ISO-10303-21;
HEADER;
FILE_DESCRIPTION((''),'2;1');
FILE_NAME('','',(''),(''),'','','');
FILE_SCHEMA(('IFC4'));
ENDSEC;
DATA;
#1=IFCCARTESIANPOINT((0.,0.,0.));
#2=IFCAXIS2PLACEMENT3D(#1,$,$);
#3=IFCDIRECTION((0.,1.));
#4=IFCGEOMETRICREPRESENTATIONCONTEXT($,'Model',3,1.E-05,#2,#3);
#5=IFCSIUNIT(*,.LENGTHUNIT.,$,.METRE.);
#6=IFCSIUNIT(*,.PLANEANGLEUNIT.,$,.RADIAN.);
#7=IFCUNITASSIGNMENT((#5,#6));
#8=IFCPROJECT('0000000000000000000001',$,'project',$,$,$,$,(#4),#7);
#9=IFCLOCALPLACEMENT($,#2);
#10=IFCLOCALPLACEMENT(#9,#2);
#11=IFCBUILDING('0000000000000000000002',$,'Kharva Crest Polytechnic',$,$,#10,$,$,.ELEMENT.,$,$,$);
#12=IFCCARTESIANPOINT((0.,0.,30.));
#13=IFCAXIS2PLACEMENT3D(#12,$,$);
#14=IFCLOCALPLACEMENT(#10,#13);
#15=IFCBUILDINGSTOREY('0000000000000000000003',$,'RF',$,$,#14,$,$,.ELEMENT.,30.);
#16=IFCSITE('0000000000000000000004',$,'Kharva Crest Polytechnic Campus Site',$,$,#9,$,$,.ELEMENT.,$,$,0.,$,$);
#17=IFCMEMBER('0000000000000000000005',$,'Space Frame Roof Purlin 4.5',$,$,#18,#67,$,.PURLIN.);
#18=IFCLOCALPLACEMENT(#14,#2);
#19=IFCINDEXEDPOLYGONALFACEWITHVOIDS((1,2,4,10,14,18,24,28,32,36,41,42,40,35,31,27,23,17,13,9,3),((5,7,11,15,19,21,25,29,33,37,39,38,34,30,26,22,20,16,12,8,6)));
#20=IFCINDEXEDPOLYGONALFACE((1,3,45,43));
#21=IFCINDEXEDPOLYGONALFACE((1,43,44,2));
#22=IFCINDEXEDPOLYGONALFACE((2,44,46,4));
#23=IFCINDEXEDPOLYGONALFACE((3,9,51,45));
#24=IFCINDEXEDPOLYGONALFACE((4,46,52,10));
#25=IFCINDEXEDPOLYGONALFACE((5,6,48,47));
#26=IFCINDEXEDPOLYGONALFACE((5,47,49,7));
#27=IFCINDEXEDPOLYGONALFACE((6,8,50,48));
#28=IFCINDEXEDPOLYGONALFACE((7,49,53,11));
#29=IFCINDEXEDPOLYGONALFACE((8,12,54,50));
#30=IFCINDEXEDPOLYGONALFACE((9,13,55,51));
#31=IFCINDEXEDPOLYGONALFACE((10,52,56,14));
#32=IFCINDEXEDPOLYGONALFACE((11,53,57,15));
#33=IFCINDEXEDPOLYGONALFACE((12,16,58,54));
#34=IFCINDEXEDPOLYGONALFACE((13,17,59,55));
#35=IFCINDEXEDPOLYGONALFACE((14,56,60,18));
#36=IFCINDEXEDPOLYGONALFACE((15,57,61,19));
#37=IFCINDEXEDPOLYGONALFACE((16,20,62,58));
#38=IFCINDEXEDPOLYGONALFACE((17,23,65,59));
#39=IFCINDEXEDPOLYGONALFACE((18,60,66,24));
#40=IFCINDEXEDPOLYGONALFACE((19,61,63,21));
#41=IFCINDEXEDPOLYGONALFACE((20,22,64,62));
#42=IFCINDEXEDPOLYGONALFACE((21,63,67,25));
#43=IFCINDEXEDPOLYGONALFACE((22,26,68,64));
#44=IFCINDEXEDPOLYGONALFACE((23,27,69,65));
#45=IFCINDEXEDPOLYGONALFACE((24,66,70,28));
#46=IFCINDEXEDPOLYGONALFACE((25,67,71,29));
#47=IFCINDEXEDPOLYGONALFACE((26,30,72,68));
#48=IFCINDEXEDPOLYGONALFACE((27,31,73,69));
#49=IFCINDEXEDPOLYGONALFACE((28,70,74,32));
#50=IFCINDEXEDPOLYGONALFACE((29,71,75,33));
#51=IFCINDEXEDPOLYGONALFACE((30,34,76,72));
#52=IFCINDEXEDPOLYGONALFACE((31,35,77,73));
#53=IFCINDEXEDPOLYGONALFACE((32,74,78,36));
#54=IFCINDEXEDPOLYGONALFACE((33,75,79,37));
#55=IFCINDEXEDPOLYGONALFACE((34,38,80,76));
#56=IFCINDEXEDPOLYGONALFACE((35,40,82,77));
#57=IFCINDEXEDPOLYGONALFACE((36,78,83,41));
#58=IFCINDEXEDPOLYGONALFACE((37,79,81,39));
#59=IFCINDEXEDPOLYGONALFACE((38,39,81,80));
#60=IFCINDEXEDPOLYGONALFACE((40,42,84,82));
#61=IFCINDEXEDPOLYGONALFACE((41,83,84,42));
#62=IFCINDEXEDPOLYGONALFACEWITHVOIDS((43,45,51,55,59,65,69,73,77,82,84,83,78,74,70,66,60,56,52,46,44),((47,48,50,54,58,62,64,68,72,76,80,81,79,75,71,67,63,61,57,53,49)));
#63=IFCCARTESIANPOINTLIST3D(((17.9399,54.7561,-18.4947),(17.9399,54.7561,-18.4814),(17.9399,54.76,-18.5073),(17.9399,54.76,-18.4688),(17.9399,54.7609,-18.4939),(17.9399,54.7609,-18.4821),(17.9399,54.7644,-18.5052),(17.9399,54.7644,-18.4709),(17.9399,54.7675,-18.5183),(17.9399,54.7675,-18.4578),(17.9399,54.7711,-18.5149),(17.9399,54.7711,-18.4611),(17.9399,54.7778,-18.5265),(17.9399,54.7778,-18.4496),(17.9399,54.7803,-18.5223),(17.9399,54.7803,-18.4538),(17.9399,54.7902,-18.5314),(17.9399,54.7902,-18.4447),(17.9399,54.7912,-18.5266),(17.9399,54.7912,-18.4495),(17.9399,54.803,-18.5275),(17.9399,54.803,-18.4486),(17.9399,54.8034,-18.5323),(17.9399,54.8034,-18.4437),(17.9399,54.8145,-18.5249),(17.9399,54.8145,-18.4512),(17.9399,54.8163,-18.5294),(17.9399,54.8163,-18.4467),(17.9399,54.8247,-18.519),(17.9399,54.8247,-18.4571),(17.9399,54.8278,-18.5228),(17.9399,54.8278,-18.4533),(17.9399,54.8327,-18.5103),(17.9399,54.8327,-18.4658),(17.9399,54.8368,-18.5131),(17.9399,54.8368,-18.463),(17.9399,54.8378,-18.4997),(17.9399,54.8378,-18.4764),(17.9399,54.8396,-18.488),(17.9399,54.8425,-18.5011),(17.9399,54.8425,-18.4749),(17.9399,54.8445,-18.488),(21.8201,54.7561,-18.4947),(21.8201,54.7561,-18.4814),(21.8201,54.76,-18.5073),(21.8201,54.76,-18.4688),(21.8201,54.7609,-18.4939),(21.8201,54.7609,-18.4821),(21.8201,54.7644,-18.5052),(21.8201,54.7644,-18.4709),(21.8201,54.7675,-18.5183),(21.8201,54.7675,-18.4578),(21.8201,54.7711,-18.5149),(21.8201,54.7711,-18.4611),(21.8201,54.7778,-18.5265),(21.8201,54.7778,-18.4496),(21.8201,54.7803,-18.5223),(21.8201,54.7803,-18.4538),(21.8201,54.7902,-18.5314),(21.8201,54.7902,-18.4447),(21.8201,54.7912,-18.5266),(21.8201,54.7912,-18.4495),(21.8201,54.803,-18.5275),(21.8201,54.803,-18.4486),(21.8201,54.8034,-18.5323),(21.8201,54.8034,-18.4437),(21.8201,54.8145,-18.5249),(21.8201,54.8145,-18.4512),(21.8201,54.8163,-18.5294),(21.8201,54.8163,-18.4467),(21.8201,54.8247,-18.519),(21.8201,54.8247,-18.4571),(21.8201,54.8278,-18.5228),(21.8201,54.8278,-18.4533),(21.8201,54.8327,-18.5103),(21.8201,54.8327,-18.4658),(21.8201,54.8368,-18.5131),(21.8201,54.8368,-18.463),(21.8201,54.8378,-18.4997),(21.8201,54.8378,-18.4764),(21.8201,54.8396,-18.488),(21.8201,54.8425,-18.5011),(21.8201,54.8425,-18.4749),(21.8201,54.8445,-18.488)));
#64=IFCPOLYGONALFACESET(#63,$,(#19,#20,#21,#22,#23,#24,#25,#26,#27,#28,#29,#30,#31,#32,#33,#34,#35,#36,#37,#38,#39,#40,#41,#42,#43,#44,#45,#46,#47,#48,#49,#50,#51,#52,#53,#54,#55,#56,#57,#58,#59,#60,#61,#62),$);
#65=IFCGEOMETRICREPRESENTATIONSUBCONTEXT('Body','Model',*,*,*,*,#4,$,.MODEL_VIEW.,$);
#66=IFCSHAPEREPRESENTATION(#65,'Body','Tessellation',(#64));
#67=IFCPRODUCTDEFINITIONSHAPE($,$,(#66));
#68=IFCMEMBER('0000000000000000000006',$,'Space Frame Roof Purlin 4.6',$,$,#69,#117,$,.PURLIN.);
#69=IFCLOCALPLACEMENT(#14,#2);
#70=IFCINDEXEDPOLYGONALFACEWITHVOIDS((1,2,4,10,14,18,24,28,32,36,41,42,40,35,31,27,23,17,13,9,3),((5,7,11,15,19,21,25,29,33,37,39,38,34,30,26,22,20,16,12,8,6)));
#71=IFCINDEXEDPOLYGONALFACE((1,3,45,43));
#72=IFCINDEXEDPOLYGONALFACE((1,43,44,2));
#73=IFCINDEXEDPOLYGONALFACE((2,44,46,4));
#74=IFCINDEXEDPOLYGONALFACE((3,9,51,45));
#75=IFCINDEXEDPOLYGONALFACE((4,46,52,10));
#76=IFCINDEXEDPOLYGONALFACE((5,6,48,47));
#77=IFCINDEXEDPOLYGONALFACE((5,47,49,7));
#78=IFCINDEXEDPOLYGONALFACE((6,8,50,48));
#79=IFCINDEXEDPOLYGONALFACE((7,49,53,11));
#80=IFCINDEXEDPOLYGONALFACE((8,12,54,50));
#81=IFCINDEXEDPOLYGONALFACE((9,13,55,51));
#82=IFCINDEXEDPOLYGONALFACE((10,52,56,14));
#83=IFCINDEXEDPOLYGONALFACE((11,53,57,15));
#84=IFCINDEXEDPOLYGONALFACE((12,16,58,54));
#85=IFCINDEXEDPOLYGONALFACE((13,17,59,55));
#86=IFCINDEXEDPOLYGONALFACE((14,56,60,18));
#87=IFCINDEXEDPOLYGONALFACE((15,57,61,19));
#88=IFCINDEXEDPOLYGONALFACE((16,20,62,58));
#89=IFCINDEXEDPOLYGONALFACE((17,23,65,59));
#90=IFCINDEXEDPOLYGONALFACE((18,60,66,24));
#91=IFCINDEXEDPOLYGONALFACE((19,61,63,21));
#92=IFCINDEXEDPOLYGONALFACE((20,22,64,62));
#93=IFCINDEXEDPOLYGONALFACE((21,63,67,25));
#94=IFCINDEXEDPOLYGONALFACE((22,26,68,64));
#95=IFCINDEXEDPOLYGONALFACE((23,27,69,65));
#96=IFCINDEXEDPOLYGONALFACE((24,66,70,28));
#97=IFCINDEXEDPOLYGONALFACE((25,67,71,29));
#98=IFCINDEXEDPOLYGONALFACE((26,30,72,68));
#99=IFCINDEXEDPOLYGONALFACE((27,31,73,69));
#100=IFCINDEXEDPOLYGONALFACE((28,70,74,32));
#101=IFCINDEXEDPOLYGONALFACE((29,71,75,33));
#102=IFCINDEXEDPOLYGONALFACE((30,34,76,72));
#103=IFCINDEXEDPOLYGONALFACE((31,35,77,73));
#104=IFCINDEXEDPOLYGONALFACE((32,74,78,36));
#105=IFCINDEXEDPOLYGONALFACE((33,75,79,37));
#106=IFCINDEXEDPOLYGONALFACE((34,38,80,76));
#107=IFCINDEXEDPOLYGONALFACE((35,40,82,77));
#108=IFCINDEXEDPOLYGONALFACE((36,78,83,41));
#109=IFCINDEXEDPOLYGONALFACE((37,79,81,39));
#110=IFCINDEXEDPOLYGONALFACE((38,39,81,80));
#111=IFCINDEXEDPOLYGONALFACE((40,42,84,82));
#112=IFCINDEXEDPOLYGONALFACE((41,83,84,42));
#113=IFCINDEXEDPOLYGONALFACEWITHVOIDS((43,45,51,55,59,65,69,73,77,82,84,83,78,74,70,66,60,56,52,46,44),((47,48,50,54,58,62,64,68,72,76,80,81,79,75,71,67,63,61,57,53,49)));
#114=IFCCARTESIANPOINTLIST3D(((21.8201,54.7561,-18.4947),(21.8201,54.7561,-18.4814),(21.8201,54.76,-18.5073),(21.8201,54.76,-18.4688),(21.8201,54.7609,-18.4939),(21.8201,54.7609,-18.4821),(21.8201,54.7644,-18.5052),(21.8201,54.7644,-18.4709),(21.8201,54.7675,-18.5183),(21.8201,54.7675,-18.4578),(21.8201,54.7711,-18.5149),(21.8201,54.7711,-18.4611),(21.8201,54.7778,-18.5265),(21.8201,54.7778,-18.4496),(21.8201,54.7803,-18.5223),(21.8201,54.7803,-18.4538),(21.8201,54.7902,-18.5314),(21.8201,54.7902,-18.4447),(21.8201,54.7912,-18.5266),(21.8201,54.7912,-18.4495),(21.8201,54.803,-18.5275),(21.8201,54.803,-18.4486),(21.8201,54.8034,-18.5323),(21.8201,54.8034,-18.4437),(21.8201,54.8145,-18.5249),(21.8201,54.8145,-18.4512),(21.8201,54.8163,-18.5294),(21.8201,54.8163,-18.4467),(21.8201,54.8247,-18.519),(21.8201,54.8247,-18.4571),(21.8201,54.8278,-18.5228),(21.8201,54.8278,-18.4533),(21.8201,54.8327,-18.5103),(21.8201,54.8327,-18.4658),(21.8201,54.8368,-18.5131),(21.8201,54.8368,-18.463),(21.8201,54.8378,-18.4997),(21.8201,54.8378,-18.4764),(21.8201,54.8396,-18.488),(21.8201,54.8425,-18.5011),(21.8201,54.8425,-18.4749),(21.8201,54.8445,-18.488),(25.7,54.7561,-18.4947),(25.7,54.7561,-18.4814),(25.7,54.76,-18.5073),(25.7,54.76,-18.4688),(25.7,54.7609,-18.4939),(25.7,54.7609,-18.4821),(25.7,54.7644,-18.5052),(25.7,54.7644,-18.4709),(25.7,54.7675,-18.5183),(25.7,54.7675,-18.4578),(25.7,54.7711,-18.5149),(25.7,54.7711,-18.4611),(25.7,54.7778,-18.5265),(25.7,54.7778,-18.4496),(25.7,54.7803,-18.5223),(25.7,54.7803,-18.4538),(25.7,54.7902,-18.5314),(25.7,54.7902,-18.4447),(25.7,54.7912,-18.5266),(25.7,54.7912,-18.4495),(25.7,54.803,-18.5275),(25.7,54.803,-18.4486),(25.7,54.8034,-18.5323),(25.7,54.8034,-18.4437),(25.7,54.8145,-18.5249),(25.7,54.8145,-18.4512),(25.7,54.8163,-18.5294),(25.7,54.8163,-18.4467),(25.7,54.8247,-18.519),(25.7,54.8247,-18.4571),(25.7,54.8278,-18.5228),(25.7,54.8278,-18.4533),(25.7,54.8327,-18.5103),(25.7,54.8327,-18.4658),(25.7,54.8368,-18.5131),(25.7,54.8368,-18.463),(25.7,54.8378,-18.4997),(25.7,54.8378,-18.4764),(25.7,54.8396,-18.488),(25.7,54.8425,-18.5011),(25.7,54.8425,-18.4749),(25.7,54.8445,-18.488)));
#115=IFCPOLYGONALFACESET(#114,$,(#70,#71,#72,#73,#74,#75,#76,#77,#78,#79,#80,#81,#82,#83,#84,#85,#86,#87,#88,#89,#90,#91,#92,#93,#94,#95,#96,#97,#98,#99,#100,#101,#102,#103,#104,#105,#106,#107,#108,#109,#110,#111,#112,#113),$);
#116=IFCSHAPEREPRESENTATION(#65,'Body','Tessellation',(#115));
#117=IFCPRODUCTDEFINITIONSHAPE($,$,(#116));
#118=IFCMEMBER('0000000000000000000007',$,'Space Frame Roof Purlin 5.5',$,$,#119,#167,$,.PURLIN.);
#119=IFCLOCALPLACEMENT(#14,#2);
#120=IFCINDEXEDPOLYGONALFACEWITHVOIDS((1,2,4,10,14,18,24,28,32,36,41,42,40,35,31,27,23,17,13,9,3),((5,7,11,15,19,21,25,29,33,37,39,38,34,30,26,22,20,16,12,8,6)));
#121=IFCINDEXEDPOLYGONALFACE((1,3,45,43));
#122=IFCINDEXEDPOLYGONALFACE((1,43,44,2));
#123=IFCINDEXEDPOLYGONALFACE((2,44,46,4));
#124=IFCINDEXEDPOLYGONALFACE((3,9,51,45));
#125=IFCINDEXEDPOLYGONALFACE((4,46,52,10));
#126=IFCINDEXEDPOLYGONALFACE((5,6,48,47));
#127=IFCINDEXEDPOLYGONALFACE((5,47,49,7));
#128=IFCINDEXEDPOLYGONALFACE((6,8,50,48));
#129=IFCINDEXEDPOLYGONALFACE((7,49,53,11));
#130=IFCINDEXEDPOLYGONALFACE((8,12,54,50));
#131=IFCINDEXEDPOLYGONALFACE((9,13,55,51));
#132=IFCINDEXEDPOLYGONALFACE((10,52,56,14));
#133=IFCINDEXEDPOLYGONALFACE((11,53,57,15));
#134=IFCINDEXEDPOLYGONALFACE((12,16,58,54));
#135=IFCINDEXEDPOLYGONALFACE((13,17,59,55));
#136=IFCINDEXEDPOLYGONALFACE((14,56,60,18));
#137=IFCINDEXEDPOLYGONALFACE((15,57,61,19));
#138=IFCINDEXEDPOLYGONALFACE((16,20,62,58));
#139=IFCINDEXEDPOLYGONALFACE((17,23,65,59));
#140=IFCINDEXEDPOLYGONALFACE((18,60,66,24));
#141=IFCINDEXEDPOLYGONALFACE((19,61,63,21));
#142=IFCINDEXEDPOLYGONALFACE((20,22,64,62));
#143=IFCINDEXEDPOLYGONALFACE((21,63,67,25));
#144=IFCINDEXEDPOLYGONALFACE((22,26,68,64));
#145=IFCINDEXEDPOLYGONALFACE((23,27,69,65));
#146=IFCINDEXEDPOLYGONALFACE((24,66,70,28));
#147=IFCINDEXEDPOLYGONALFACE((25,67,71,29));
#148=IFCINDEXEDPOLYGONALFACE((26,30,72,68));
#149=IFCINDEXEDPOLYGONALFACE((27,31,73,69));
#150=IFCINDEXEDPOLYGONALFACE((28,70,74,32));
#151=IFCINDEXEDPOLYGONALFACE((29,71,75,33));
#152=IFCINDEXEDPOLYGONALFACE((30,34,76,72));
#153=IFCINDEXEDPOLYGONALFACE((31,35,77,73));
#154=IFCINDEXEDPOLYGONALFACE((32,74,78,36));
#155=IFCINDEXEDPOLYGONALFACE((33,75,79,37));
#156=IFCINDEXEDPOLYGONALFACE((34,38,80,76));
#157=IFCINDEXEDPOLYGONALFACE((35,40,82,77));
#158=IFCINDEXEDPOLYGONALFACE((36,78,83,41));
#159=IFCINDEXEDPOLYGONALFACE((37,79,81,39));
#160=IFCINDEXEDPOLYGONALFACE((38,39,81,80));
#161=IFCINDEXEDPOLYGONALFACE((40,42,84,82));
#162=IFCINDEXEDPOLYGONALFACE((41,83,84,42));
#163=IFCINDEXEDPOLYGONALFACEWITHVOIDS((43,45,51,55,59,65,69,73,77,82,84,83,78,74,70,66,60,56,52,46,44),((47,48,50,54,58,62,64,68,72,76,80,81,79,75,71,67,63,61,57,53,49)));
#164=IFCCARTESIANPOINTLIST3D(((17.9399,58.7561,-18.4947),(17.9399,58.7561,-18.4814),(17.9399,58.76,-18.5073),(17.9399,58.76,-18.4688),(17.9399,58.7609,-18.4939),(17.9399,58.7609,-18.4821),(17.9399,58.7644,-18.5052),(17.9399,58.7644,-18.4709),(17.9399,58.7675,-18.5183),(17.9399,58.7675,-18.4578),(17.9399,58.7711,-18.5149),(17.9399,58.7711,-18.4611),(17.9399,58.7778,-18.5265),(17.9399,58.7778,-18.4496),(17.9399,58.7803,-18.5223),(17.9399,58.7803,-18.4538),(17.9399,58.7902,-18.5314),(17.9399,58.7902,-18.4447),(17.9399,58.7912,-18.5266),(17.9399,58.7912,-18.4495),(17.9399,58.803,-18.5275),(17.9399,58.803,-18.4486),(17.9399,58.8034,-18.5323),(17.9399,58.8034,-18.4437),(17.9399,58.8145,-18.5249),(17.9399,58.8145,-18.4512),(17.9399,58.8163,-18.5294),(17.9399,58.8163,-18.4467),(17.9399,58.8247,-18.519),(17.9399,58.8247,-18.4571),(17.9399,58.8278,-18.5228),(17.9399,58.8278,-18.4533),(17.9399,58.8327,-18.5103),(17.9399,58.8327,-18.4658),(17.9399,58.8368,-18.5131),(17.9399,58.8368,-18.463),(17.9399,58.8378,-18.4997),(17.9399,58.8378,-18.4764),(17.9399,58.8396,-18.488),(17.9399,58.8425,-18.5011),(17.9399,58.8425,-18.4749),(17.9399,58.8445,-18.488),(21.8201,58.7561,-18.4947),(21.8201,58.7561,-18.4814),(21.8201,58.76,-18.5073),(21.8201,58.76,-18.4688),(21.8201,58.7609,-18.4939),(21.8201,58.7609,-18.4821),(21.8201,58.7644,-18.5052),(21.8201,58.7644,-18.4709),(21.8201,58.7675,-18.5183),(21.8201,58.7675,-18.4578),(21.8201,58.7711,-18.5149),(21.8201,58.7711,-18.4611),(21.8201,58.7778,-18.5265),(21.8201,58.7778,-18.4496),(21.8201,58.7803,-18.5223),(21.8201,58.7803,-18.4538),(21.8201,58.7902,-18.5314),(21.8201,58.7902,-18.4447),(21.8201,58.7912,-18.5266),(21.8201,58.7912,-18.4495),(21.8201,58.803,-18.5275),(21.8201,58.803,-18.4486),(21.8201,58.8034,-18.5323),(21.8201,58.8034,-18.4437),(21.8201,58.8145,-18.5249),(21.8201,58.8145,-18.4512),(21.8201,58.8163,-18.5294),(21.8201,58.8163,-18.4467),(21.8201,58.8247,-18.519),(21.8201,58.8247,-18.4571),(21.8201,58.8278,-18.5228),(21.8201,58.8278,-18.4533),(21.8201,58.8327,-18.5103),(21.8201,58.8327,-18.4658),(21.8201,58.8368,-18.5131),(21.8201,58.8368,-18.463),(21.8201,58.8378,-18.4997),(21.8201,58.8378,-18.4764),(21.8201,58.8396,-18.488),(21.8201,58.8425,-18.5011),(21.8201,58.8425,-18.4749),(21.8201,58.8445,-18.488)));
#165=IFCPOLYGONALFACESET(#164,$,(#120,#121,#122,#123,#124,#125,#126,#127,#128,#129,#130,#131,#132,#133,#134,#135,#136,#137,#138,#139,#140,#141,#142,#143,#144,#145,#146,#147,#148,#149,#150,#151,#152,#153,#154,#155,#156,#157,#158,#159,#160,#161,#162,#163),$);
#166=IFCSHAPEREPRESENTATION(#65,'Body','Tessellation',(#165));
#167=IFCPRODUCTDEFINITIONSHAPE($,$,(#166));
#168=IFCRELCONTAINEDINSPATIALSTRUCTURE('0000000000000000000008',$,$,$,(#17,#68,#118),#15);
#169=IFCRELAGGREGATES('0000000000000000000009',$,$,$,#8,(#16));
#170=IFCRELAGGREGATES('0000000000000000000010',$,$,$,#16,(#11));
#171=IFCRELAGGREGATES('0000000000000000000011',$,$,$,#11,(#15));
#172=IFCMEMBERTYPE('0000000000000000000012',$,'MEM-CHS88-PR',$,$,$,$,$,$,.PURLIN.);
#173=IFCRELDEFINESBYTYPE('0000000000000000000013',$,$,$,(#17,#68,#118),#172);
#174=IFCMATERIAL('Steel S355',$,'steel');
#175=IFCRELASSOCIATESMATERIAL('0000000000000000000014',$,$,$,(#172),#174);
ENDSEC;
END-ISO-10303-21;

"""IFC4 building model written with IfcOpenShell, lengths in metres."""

from ifc_helpers import new_model, si_unit, direction, frame, origin, origin_2d, place, context, subcontext, project, spatial, hollow_circle, extrude, material, material_profile, profile_set, type_object, element, save


model = new_model("IFC4")

# Units and contexts
model_context = context("Model", 3, precision=1e-05, world=origin(), true_north=direction((0.0, 1.0)))
body_context = subcontext(model_context, "Body", "Model", "MODEL_VIEW")
ifc_project = project(units=[si_unit("LENGTHUNIT", "METRE"), si_unit("PLANEANGLEUNIT", "RADIAN")], contexts=[model_context])

# Site, building, storey
site_placement = place(None, origin())
site = spatial("IfcSite", under=ifc_project, at=site_placement, Name="Kharva Crest Polytechnic Campus Site", CompositionType="ELEMENT", RefElevation=0.0)
building_placement = place(site_placement, origin())
building = spatial("IfcBuilding", under=site, at=building_placement, Name="Kharva Crest Polytechnic", CompositionType="ELEMENT")
storey_placement = place(building_placement, frame((0.0, 0.0, 30.0)))
storey = spatial("IfcBuildingStorey", under=building, at=storey_placement, Name="RF", CompositionType="ELEMENT", Elevation=30.0)

# Members
ifc_material = material(Name="Steel S355", Category="steel")
ifc_material_profile = material_profile(ifc_material, hollow_circle(Radius=0.0444, WallThickness=0.0049, at=origin_2d()), Name="CHS 88.9X5.0")
ifc_profile_set = profile_set([ifc_material_profile], Name="Steel S355")
member_type = type_object("IfcMemberType", Name="MEM-CHS88-PR", PredefinedType="PURLIN", material=ifc_profile_set)
member_1_placement = place(storey_placement, frame((17.9399, 54.8, -18.488), z_axis=(1.0, 0.0, 0.0), x_axis=(0.0, 1.0, 0.0)))
element("IfcMember", 1, at=member_1_placement, inside=storey, type_object=member_type, Name="Space Frame Roof Purlin 4.5", PredefinedType="PURLIN", context=body_context, shape_type="SweptSolid", body=[
    extrude(hollow_circle(Radius=0.0444, WallThickness=0.0049, at=origin_2d()), origin(), (0.0, 0.0, 1.0), 3.8801),
])
member_2_placement = place(storey_placement, frame((21.8201, 54.8, -18.488), z_axis=(1.0, 0.0, 0.0), x_axis=(0.0, 1.0, 0.0)))
element("IfcMember", 2, at=member_2_placement, inside=storey, type_object=member_type, Name="Space Frame Roof Purlin 4.6", PredefinedType="PURLIN", context=body_context, shape_type="SweptSolid", body=[
    extrude(hollow_circle(Radius=0.0444, WallThickness=0.0049, at=origin_2d()), origin(), (0.0, 0.0, 1.0), 3.8799),
])
member_3_placement = place(storey_placement, frame((17.9399, 58.8, -18.488), z_axis=(1.0, 0.0, 0.0), x_axis=(0.0, 1.0, 0.0)))
element("IfcMember", 3, at=member_3_placement, inside=storey, type_object=member_type, Name="Space Frame Roof Purlin 5.5", PredefinedType="PURLIN", context=body_context, shape_type="SweptSolid", body=[
    extrude(hollow_circle(Radius=0.0444, WallThickness=0.0049, at=origin_2d()), origin(), (0.0, 0.0, 1.0), 3.8801),
])

save(model, "model.ifc")
